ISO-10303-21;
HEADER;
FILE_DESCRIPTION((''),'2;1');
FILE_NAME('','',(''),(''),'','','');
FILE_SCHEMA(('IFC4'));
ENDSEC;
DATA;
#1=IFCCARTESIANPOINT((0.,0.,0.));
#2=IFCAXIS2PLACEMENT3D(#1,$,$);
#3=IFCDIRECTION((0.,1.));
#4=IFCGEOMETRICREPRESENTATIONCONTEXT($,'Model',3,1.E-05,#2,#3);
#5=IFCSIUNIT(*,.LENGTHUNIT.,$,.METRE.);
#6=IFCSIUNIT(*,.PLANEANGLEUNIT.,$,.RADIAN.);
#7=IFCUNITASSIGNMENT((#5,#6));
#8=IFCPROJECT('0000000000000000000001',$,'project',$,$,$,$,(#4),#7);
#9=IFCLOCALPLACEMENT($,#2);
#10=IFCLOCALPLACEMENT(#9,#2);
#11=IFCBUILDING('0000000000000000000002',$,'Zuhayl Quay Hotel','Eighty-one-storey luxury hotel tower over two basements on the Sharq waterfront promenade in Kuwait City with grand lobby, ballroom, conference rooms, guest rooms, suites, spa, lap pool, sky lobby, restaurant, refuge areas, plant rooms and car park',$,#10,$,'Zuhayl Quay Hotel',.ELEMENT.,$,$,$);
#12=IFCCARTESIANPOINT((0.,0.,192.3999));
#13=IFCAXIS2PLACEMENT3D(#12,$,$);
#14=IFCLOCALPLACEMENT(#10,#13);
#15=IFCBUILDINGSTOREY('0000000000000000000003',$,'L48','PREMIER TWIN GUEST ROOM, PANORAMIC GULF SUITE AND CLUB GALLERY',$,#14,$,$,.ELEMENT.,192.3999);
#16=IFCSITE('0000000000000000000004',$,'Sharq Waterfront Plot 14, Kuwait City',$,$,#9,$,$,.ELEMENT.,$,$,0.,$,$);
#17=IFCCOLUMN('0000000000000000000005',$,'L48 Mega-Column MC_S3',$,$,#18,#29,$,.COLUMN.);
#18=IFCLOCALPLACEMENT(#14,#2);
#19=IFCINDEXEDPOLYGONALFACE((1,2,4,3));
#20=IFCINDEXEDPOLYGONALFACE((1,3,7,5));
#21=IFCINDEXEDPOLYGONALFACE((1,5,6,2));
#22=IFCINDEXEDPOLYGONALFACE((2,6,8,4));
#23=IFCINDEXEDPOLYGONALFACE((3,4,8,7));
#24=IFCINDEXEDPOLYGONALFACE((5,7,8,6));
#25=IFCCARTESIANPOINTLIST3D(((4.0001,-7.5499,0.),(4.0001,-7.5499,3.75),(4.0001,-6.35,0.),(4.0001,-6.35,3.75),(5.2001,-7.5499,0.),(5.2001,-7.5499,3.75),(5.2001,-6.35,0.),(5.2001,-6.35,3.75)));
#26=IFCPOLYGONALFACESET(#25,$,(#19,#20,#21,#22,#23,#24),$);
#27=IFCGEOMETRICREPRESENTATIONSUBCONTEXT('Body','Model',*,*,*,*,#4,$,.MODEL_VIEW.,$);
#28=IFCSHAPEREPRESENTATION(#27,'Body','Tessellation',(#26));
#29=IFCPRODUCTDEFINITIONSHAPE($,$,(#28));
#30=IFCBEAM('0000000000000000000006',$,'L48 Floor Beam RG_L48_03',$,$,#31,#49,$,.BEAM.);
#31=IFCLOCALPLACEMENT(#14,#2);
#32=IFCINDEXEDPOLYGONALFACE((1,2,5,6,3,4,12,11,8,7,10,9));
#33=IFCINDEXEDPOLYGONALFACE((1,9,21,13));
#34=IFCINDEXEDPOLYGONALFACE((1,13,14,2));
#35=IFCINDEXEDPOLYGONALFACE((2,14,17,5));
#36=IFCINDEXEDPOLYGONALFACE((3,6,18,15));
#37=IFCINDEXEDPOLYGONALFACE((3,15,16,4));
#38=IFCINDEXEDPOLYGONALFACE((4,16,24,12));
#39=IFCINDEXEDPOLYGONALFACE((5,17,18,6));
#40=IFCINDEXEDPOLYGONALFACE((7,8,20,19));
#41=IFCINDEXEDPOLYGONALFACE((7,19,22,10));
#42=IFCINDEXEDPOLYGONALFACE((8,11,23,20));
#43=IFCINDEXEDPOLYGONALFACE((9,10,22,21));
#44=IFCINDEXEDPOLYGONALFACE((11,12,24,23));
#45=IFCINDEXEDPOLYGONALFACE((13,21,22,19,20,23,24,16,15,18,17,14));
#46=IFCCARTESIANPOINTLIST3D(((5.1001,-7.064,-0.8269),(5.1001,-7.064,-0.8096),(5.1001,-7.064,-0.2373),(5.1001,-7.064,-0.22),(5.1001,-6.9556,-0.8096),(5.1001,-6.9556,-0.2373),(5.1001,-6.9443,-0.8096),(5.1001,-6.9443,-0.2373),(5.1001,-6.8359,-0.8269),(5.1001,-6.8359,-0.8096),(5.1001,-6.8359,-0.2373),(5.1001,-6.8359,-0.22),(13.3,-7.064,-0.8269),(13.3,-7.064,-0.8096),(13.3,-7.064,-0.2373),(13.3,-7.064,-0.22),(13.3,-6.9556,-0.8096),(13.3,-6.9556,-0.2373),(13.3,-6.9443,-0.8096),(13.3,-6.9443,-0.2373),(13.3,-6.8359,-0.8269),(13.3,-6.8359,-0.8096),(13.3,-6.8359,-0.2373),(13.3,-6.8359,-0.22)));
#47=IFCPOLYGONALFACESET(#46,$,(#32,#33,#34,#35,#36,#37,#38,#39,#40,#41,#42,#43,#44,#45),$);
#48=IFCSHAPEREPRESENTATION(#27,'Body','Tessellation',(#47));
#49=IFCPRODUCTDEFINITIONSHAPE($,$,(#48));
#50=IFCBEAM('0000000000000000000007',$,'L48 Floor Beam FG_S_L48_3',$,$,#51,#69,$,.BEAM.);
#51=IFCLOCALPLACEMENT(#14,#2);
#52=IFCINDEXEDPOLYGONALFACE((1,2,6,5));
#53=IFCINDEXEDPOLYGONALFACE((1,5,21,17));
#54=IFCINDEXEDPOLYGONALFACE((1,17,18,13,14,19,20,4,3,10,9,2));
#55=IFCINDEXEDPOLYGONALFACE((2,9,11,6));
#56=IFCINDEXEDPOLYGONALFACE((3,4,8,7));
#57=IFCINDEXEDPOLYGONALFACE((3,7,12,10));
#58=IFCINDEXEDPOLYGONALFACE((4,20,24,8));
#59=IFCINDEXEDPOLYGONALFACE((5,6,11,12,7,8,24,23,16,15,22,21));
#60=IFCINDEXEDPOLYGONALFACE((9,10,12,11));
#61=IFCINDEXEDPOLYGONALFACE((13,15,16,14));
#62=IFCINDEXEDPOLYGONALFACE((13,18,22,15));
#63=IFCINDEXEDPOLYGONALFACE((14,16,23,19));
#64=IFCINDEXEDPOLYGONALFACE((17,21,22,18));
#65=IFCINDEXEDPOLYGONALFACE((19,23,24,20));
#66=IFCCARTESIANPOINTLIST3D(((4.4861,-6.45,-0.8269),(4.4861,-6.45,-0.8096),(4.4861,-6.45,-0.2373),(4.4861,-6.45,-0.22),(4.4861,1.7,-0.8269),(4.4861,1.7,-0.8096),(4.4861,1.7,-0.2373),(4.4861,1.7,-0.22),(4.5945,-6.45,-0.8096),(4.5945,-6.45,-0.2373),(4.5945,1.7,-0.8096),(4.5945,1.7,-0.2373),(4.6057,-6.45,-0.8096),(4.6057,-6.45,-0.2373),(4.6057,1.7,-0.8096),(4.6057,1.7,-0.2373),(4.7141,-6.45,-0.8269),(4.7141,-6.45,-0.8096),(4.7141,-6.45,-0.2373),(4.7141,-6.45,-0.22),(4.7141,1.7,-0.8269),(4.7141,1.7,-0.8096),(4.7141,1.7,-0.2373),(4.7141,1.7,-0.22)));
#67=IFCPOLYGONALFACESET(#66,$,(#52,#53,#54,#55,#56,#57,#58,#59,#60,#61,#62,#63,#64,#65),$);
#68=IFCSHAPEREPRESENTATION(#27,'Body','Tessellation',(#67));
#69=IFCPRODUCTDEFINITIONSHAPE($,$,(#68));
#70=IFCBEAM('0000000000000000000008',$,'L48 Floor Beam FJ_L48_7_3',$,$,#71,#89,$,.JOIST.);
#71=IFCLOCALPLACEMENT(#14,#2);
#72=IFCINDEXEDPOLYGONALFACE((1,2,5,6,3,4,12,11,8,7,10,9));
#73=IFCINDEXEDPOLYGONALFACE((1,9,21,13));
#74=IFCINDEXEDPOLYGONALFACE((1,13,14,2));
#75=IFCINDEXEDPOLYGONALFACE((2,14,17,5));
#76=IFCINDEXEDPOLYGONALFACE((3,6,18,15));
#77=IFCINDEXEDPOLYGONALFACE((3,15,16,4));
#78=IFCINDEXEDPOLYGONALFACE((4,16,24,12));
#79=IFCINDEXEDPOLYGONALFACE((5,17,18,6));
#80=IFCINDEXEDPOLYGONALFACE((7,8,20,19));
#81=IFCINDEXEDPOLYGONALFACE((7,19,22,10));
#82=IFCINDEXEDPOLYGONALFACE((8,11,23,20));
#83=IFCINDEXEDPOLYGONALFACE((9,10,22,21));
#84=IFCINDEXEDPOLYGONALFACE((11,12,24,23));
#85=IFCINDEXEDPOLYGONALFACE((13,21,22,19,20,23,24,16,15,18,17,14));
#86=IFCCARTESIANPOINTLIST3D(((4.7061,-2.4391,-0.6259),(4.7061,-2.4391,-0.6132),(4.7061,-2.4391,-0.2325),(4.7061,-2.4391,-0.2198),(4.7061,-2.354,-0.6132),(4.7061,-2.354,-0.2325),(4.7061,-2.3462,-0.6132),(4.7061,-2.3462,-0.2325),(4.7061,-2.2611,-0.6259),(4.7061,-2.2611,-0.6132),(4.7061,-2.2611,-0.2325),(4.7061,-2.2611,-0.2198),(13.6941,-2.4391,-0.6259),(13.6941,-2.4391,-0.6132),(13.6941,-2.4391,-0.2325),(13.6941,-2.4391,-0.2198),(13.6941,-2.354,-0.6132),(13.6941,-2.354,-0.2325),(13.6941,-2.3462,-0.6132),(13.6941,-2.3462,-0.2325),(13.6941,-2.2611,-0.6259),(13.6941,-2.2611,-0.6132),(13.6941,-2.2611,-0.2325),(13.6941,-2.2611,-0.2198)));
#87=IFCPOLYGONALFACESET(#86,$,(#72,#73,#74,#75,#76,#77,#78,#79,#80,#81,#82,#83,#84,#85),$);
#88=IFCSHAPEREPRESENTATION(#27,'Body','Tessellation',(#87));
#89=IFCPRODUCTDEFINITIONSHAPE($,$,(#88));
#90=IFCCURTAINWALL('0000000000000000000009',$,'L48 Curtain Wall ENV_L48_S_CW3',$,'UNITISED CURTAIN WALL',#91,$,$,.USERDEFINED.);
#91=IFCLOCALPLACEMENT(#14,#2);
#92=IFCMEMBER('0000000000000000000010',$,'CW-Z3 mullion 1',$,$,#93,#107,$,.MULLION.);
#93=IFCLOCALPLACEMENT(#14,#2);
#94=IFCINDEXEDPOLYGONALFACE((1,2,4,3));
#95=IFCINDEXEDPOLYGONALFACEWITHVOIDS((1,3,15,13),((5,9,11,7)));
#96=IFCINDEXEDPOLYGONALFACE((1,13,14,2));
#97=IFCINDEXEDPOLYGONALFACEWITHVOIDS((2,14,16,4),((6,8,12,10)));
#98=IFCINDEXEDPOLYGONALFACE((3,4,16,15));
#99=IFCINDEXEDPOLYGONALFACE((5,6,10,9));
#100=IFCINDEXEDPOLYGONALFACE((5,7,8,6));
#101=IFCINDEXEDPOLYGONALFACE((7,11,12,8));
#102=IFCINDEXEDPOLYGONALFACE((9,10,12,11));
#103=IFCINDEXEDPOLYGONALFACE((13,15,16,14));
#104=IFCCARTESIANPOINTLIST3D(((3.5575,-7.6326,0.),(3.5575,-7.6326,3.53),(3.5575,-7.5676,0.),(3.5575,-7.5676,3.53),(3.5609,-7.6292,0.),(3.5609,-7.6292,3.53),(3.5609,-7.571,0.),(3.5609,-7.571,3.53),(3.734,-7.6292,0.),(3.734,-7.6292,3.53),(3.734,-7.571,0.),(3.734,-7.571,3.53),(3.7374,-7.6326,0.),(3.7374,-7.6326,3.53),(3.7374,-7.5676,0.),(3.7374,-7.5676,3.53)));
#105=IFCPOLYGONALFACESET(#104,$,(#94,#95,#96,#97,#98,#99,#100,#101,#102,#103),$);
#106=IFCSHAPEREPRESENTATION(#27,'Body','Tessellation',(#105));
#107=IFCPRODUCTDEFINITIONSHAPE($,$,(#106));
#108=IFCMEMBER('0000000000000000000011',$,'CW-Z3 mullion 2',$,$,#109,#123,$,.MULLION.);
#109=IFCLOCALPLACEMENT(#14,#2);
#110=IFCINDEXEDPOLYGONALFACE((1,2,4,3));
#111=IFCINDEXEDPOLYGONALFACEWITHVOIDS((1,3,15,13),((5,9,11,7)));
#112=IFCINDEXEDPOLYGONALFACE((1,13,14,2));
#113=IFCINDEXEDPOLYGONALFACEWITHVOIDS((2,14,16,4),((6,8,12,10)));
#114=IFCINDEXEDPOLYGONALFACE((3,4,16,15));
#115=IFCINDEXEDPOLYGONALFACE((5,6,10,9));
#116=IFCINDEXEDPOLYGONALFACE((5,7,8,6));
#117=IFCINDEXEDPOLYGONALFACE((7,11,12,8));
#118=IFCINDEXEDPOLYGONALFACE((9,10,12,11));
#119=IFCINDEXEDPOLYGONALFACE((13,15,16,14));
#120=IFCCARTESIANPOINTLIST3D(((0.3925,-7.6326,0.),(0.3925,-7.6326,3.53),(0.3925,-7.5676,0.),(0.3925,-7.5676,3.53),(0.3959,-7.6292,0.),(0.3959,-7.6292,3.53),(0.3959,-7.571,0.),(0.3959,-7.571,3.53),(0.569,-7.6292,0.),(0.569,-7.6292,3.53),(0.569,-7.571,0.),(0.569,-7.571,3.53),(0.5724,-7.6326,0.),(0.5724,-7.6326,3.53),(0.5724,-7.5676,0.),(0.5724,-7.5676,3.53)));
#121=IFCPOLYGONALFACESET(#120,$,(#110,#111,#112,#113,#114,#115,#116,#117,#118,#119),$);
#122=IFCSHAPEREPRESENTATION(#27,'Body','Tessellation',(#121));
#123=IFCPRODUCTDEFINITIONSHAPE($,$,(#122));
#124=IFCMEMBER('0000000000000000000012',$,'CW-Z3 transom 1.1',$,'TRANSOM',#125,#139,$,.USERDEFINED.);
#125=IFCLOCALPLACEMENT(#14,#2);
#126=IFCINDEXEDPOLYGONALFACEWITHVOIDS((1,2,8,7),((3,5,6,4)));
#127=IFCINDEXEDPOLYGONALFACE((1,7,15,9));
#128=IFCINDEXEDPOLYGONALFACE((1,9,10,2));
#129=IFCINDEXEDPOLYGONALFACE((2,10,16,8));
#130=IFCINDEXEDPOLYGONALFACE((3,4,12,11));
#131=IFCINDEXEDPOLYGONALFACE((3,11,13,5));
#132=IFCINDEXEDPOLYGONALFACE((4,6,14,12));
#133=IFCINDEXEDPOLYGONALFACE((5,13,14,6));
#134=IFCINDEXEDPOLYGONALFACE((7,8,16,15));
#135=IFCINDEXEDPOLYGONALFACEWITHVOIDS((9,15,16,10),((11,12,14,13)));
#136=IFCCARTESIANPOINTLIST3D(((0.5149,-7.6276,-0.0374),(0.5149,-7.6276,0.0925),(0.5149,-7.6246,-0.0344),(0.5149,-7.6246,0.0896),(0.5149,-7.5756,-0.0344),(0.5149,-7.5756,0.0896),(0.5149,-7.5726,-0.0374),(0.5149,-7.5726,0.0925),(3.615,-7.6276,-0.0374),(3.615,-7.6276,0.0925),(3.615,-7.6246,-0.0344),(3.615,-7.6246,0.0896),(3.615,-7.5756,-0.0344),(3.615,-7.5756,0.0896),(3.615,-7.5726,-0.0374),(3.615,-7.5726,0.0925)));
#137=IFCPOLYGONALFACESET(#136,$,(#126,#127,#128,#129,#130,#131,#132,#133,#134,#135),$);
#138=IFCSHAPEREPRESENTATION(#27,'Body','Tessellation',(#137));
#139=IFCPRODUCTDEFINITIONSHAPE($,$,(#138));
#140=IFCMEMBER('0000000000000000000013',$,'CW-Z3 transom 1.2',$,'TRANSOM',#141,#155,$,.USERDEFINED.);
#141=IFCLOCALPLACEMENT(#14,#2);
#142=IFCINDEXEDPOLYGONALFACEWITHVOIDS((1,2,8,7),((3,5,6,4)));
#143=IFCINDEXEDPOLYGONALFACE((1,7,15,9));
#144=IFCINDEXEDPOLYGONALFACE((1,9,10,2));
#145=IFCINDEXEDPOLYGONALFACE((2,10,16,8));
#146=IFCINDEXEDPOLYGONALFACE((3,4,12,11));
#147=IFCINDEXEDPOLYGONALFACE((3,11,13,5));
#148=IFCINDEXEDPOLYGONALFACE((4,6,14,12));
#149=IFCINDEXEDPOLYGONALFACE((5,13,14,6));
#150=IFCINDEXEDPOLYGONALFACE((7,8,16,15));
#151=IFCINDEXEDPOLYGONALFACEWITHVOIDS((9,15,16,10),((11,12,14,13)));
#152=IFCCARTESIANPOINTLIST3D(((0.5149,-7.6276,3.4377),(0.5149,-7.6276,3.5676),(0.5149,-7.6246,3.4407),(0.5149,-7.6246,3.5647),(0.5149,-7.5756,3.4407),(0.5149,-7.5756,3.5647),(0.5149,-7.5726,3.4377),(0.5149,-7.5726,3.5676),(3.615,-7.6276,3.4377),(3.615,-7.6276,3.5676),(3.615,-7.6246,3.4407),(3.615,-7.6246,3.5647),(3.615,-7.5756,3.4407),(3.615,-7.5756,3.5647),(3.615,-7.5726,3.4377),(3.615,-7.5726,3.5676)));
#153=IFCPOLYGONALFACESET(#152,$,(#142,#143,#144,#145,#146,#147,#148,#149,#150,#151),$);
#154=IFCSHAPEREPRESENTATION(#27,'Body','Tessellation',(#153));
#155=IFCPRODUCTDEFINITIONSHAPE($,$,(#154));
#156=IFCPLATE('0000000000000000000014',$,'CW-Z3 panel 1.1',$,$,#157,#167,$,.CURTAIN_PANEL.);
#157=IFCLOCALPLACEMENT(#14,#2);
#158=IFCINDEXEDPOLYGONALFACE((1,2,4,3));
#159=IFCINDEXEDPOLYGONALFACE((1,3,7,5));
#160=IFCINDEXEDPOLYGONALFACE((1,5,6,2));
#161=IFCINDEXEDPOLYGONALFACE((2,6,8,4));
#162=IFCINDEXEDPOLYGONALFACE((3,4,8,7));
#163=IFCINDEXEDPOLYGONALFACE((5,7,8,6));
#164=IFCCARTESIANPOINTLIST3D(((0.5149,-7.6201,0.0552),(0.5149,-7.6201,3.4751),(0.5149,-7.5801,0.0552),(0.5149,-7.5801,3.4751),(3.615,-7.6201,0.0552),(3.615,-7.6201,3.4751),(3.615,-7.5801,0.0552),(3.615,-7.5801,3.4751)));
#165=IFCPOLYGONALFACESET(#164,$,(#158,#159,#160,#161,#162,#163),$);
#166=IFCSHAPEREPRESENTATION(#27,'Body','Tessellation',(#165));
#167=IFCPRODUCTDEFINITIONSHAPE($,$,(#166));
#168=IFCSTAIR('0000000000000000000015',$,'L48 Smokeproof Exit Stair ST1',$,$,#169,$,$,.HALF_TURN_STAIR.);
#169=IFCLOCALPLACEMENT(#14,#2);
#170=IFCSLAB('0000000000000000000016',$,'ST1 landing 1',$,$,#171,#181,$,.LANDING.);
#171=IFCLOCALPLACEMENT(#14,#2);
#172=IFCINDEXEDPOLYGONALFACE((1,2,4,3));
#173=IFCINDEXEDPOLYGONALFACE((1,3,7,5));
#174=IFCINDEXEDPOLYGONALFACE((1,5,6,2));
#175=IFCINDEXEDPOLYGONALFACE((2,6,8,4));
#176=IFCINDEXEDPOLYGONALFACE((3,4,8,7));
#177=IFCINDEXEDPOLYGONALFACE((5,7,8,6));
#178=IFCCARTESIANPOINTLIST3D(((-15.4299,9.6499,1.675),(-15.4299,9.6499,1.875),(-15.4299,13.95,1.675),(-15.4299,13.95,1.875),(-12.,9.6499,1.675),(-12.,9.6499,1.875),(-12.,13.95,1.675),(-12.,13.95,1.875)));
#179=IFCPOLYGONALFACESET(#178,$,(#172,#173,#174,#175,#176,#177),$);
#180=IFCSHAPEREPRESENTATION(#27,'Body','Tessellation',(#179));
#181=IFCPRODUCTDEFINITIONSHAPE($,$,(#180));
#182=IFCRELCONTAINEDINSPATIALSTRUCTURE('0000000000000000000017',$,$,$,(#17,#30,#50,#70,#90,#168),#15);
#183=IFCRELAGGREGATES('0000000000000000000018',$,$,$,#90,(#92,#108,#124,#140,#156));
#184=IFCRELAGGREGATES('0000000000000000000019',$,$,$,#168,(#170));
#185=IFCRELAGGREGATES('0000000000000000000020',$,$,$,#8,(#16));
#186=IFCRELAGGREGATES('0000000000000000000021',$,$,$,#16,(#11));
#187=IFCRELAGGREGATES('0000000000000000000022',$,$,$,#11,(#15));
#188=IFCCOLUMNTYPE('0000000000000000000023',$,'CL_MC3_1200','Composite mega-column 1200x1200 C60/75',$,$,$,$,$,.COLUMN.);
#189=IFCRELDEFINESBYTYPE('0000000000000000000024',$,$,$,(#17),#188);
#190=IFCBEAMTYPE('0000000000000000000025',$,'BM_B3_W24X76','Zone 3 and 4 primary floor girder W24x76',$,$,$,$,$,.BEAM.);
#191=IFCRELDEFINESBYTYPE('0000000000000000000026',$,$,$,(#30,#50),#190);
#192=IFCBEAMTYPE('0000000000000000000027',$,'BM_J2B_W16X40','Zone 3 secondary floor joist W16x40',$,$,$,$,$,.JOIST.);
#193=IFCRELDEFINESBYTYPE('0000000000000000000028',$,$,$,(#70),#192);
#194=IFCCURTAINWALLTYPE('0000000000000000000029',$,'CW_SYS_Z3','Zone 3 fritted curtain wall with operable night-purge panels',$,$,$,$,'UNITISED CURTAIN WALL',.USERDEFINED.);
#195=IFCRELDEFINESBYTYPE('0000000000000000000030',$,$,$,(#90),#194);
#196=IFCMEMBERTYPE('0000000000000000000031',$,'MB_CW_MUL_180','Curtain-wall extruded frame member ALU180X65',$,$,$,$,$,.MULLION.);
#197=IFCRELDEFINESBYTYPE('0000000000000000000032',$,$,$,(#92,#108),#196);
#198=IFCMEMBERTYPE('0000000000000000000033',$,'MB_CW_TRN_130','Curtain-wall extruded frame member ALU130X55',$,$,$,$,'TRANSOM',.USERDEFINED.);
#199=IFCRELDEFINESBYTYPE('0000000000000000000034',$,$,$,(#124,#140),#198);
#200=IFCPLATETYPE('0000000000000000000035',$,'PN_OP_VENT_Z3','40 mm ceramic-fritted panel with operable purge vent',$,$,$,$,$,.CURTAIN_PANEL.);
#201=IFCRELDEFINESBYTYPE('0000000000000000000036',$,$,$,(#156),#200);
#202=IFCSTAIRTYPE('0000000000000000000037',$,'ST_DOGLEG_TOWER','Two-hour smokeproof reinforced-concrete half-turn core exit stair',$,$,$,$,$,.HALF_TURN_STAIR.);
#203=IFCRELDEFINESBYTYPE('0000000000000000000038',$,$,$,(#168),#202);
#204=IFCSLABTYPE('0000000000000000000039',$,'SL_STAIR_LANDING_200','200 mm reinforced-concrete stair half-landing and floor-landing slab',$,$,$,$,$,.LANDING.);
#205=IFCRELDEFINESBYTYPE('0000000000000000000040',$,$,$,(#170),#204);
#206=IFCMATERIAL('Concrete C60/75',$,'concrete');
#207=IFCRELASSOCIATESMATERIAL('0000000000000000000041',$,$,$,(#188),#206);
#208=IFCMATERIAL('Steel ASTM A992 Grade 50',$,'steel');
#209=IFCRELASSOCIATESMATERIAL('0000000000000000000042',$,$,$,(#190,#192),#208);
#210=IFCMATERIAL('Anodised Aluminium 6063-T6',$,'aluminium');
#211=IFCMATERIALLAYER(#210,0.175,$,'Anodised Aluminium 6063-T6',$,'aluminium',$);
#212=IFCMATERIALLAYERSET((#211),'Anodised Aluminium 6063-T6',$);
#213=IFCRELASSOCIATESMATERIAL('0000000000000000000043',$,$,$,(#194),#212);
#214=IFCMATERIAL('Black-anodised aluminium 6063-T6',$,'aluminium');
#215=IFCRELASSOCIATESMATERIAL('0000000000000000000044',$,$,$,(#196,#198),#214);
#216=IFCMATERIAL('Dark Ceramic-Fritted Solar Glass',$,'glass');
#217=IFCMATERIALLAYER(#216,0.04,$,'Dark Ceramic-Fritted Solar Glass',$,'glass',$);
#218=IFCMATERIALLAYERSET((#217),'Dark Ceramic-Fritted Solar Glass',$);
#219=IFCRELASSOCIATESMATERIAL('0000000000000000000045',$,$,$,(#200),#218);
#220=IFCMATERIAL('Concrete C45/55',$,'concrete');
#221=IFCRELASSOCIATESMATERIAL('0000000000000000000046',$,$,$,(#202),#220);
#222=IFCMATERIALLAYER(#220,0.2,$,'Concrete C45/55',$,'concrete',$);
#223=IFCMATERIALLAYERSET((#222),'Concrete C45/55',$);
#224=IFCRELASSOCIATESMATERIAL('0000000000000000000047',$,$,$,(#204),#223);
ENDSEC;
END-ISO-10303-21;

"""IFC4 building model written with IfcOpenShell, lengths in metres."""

from ifc_helpers import new_model, si_unit, direction, frame, origin, origin_2d, place, context, subcontext, project, spatial, polyline, rectangle, hollow_rectangle, i_section, outline, extrude, material, layer, layer_set, material_profile, profile_set, type_object, element, aggregate, save


model = new_model("IFC4")

# Units and contexts
model_context = context("Model", 3, precision=1e-05, world=origin(), true_north=direction((0.0, 1.0)))
body_context = subcontext(model_context, "Body", "Model", "MODEL_VIEW")
ifc_project = project(units=[si_unit("LENGTHUNIT", "METRE"), si_unit("PLANEANGLEUNIT", "RADIAN")], contexts=[model_context])

# Site, building, storey
site_placement = place(None, origin())
site = spatial("IfcSite", under=ifc_project, at=site_placement, Name="Sharq Waterfront Plot 14, Kuwait City", CompositionType="ELEMENT", RefElevation=0.0)
building_placement = place(site_placement, origin())
building = spatial("IfcBuilding", under=site, at=building_placement, Name="Zuhayl Quay Hotel", Description="Eighty-one-storey luxury hotel tower over two basements on the Sharq waterfront promenade in Kuwait City with grand lobby, ballroom, conference rooms, guest rooms, suites, spa, lap pool, sky lobby, restaurant, refuge areas, plant rooms and car park", LongName="Zuhayl Quay Hotel", CompositionType="ELEMENT")
storey_placement = place(building_placement, frame((0.0, 0.0, 192.3999)))
storey = spatial("IfcBuildingStorey", under=building, at=storey_placement, Name="L48", Description="PREMIER TWIN GUEST ROOM, PANORAMIC GULF SUITE AND CLUB GALLERY", CompositionType="ELEMENT", Elevation=192.3999)

# Column
ifc_material_1 = material(Name="Concrete C60/75", Category="concrete")
ifc_material_profile_1 = material_profile(ifc_material_1, rectangle(XDim=1.2, YDim=1.2, at=origin_2d()), Name="RC1200X1200")
ifc_profile_set_1 = profile_set([ifc_material_profile_1], Name="Concrete C60/75")
column_type = type_object("IfcColumnType", Name="CL_MC3_1200", Description="Composite mega-column 1200x1200 C60/75", PredefinedType="COLUMN", material=ifc_profile_set_1)
column_placement = place(storey_placement, frame((4.6001, -6.95, 0.0), z_axis=(0.0, 0.0, 1.0), x_axis=(1.0, 0.0, 0.0)))
element("IfcColumn", 1, at=column_placement, inside=storey, type_object=column_type, Name="L48 Mega-Column MC_S3", PredefinedType="COLUMN", context=body_context, shape_type="SweptSolid", body=[
    extrude(rectangle(XDim=1.2, YDim=1.2, at=origin_2d()), origin(), (0.0, 0.0, 1.0), 3.75),
])

# Beams
ifc_material_2 = material(Name="Steel ASTM A992 Grade 50", Category="steel")
ifc_material_profile_2 = material_profile(ifc_material_2, i_section(OverallWidth=0.228, OverallDepth=0.6069, WebThickness=0.0112, FlangeThickness=0.0173, at=origin_2d()), Name="W24X76")
ifc_profile_set_2 = profile_set([ifc_material_profile_2], Name="Steel ASTM A992 Grade 50")
beam_type_1 = type_object("IfcBeamType", Name="BM_B3_W24X76", Description="Zone 3 and 4 primary floor girder W24x76", PredefinedType="BEAM", material=ifc_profile_set_2)
beam_1_placement = place(storey_placement, frame((5.1001, -6.95, -0.5234), z_axis=(1.0, 0.0, 0.0), x_axis=(0.0, 1.0, 0.0)))
element("IfcBeam", 2, at=beam_1_placement, inside=storey, type_object=beam_type_1, Name="L48 Floor Beam RG_L48_03", PredefinedType="BEAM", context=body_context, shape_type="SweptSolid", body=[
    extrude(i_section(OverallWidth=0.228, OverallDepth=0.6069, WebThickness=0.0112, FlangeThickness=0.0173, at=origin_2d()), origin(), (0.0, 0.0, 1.0), 8.2),
])
beam_2_placement = place(storey_placement, frame((4.6001, -6.45, -0.5234), z_axis=(0.0, 1.0, 0.0), x_axis=(-1.0, 0.0, 0.0)))
element("IfcBeam", 3, at=beam_2_placement, inside=storey, type_object=beam_type_1, Name="L48 Floor Beam FG_S_L48_3", PredefinedType="BEAM", context=body_context, shape_type="SweptSolid", body=[
    extrude(i_section(OverallWidth=0.228, OverallDepth=0.6069, WebThickness=0.0112, FlangeThickness=0.0173, at=origin_2d()), origin(), (0.0, 0.0, 1.0), 8.1499),
])
ifc_material_profile_3 = material_profile(ifc_material_2, i_section(OverallWidth=0.178, OverallDepth=0.406, WebThickness=0.0078, FlangeThickness=0.0127, at=origin_2d()), Name="W16X40")
ifc_profile_set_3 = profile_set([ifc_material_profile_3], Name="Steel ASTM A992 Grade 50")
beam_type_2 = type_object("IfcBeamType", Name="BM_J2B_W16X40", Description="Zone 3 secondary floor joist W16x40", PredefinedType="JOIST", material=ifc_profile_set_3)
beam_3_placement = place(storey_placement, frame((4.7061, -2.3501, -0.4229), z_axis=(1.0, 0.0, 0.0), x_axis=(0.0, 1.0, 0.0)))
element("IfcBeam", 4, at=beam_3_placement, inside=storey, type_object=beam_type_2, Name="L48 Floor Beam FJ_L48_7_3", PredefinedType="JOIST", context=body_context, shape_type="SweptSolid", body=[
    extrude(i_section(OverallWidth=0.178, OverallDepth=0.406, WebThickness=0.0078, FlangeThickness=0.0127, at=origin_2d()), origin(), (0.0, 0.0, 1.0), 8.988),
])

# Curtain wall, members, plate
ifc_material_3 = material(Name="Anodised Aluminium 6063-T6", Category="aluminium")
ifc_layer_1 = layer(ifc_material_3, 0.175, Name="Anodised Aluminium 6063-T6", Category="aluminium")
ifc_layer_set_1 = layer_set([ifc_layer_1], Name="Anodised Aluminium 6063-T6")
curtain_wall_type = type_object("IfcCurtainWallType", Name="CW_SYS_Z3", Description="Zone 3 fritted curtain wall with operable night-purge panels", ElementType="UNITISED CURTAIN WALL", PredefinedType="USERDEFINED", material=ifc_layer_set_1)
curtain_wall_placement = place(storey_placement, origin())
curtain_wall = element("IfcCurtainWall", 5, at=curtain_wall_placement, inside=storey, type_object=curtain_wall_type, Name="L48 Curtain Wall ENV_L48_S_CW3", ObjectType="UNITISED CURTAIN WALL", PredefinedType="USERDEFINED")
ifc_material_4 = material(Name="Black-anodised aluminium 6063-T6", Category="aluminium")
ifc_material_profile_4 = material_profile(ifc_material_4, hollow_rectangle(XDim=0.0649, YDim=0.1799, WallThickness=0.0034, at=origin_2d()), Name="ALU180X65")
ifc_profile_set_4 = profile_set([ifc_material_profile_4], Name="Black-anodised aluminium 6063-T6")
member_type_1 = type_object("IfcMemberType", Name="MB_CW_MUL_180", Description="Curtain-wall extruded frame member ALU180X65", PredefinedType="MULLION", material=ifc_profile_set_4)
member_1_placement = place(storey_placement, frame((3.6475, -7.6001, 0.0), z_axis=(0.0, 0.0, 1.0), x_axis=(0.0, -1.0, 0.0)))
member_1 = element("IfcMember", 6, at=member_1_placement, type_object=member_type_1, Name="CW-Z3 mullion 1", PredefinedType="MULLION", context=body_context, shape_type="SweptSolid", body=[
    extrude(hollow_rectangle(XDim=0.0649, YDim=0.1799, WallThickness=0.0034, at=origin_2d()), origin(), (0.0, 0.0, 1.0), 3.53),
])
member_2_placement = place(storey_placement, frame((0.4824, -7.6001, 0.0), z_axis=(0.0, 0.0, 1.0), x_axis=(0.0, -1.0, 0.0)))
member_2 = element("IfcMember", 7, at=member_2_placement, type_object=member_type_1, Name="CW-Z3 mullion 2", PredefinedType="MULLION", context=body_context, shape_type="SweptSolid", body=[
    extrude(hollow_rectangle(XDim=0.0649, YDim=0.1799, WallThickness=0.0034, at=origin_2d()), origin(), (0.0, 0.0, 1.0), 3.53),
])
ifc_material_profile_5 = material_profile(ifc_material_4, hollow_rectangle(XDim=0.0549, YDim=0.1299, WallThickness=0.0029, at=origin_2d()), Name="ALU130X55")
ifc_profile_set_5 = profile_set([ifc_material_profile_5], Name="Black-anodised aluminium 6063-T6")
member_type_2 = type_object("IfcMemberType", Name="MB_CW_TRN_130", Description="Curtain-wall extruded frame member ALU130X55", ElementType="TRANSOM", PredefinedType="USERDEFINED", material=ifc_profile_set_5)
member_3_placement = place(storey_placement, frame((3.615, -7.6001, 0.0276), z_axis=(-1.0, 0.0, 0.0), x_axis=(0.0, -1.0, 0.0)))
member_3 = element("IfcMember", 8, at=member_3_placement, type_object=member_type_2, Name="CW-Z3 transom 1.1", ObjectType="TRANSOM", PredefinedType="USERDEFINED", context=body_context, shape_type="SweptSolid", body=[
    extrude(hollow_rectangle(XDim=0.0549, YDim=0.1299, WallThickness=0.0029, at=origin_2d()), origin(), (0.0, 0.0, 1.0), 3.1001),
])
member_4_placement = place(storey_placement, frame((3.615, -7.6001, 3.5027), z_axis=(-1.0, 0.0, 0.0), x_axis=(0.0, -1.0, 0.0)))
member_4 = element("IfcMember", 9, at=member_4_placement, type_object=member_type_2, Name="CW-Z3 transom 1.2", ObjectType="TRANSOM", PredefinedType="USERDEFINED", context=body_context, shape_type="SweptSolid", body=[
    extrude(hollow_rectangle(XDim=0.0549, YDim=0.1299, WallThickness=0.0029, at=origin_2d()), origin(), (0.0, 0.0, 1.0), 3.1001),
])
ifc_material_5 = material(Name="Dark Ceramic-Fritted Solar Glass", Category="glass")
ifc_layer_2 = layer(ifc_material_5, 0.04, Name="Dark Ceramic-Fritted Solar Glass", Category="glass")
ifc_layer_set_2 = layer_set([ifc_layer_2], Name="Dark Ceramic-Fritted Solar Glass")
plate_type = type_object("IfcPlateType", Name="PN_OP_VENT_Z3", Description="40 mm ceramic-fritted panel with operable purge vent", PredefinedType="CURTAIN_PANEL", material=ifc_layer_set_2)
plate_placement = place(storey_placement, frame((2.0649, -7.6001, 0.0552), z_axis=(0.0, 0.0, 1.0), x_axis=(-1.0, 0.0, 0.0)))
plate = element("IfcPlate", 10, at=plate_placement, type_object=plate_type, Name="CW-Z3 panel 1.1", PredefinedType="CURTAIN_PANEL", context=body_context, shape_type="SweptSolid", body=[
    extrude(rectangle(XDim=3.1001, YDim=0.04, at=origin_2d()), origin(), (0.0, 0.0, 1.0), 3.4199),
])
aggregate(curtain_wall, [member_1, member_2, member_3, member_4, plate])

# Stair, slab
ifc_material_6 = material(Name="Concrete C45/55", Category="concrete")
stair_type = type_object("IfcStairType", Name="ST_DOGLEG_TOWER", Description="Two-hour smokeproof reinforced-concrete half-turn core exit stair", PredefinedType="HALF_TURN_STAIR", material=ifc_material_6)
stair_1_placement = place(storey_placement, origin())
stair_1 = element("IfcStair", 11, at=stair_1_placement, inside=storey, type_object=stair_type, Name="L48 Smokeproof Exit Stair ST1", PredefinedType="HALF_TURN_STAIR")
ifc_layer_3 = layer(ifc_material_6, 0.2, Name="Concrete C45/55", Category="concrete")
ifc_layer_set_3 = layer_set([ifc_layer_3], Name="Concrete C45/55")
slab_type = type_object("IfcSlabType", Name="SL_STAIR_LANDING_200", Description="200 mm reinforced-concrete stair half-landing and floor-landing slab", PredefinedType="LANDING", material=ifc_layer_set_3)
slab_1_placement = place(storey_placement, frame((0.0, 0.0, 1.675)))
slab_1 = element("IfcSlab", 12, at=slab_1_placement, type_object=slab_type, Name="ST1 landing 1", PredefinedType="LANDING", context=body_context, shape_type="SweptSolid", body=[
    extrude(outline(polyline([(-12.0, 9.6499), (-12.0, 13.95), (-15.4299, 13.95), (-15.4299, 9.6499), (-12.0, 9.6499)])), origin(), (0.0, 0.0, 1.0), 0.2),
])
aggregate(stair_1, [slab_1])

save(model, "model.ifc")
